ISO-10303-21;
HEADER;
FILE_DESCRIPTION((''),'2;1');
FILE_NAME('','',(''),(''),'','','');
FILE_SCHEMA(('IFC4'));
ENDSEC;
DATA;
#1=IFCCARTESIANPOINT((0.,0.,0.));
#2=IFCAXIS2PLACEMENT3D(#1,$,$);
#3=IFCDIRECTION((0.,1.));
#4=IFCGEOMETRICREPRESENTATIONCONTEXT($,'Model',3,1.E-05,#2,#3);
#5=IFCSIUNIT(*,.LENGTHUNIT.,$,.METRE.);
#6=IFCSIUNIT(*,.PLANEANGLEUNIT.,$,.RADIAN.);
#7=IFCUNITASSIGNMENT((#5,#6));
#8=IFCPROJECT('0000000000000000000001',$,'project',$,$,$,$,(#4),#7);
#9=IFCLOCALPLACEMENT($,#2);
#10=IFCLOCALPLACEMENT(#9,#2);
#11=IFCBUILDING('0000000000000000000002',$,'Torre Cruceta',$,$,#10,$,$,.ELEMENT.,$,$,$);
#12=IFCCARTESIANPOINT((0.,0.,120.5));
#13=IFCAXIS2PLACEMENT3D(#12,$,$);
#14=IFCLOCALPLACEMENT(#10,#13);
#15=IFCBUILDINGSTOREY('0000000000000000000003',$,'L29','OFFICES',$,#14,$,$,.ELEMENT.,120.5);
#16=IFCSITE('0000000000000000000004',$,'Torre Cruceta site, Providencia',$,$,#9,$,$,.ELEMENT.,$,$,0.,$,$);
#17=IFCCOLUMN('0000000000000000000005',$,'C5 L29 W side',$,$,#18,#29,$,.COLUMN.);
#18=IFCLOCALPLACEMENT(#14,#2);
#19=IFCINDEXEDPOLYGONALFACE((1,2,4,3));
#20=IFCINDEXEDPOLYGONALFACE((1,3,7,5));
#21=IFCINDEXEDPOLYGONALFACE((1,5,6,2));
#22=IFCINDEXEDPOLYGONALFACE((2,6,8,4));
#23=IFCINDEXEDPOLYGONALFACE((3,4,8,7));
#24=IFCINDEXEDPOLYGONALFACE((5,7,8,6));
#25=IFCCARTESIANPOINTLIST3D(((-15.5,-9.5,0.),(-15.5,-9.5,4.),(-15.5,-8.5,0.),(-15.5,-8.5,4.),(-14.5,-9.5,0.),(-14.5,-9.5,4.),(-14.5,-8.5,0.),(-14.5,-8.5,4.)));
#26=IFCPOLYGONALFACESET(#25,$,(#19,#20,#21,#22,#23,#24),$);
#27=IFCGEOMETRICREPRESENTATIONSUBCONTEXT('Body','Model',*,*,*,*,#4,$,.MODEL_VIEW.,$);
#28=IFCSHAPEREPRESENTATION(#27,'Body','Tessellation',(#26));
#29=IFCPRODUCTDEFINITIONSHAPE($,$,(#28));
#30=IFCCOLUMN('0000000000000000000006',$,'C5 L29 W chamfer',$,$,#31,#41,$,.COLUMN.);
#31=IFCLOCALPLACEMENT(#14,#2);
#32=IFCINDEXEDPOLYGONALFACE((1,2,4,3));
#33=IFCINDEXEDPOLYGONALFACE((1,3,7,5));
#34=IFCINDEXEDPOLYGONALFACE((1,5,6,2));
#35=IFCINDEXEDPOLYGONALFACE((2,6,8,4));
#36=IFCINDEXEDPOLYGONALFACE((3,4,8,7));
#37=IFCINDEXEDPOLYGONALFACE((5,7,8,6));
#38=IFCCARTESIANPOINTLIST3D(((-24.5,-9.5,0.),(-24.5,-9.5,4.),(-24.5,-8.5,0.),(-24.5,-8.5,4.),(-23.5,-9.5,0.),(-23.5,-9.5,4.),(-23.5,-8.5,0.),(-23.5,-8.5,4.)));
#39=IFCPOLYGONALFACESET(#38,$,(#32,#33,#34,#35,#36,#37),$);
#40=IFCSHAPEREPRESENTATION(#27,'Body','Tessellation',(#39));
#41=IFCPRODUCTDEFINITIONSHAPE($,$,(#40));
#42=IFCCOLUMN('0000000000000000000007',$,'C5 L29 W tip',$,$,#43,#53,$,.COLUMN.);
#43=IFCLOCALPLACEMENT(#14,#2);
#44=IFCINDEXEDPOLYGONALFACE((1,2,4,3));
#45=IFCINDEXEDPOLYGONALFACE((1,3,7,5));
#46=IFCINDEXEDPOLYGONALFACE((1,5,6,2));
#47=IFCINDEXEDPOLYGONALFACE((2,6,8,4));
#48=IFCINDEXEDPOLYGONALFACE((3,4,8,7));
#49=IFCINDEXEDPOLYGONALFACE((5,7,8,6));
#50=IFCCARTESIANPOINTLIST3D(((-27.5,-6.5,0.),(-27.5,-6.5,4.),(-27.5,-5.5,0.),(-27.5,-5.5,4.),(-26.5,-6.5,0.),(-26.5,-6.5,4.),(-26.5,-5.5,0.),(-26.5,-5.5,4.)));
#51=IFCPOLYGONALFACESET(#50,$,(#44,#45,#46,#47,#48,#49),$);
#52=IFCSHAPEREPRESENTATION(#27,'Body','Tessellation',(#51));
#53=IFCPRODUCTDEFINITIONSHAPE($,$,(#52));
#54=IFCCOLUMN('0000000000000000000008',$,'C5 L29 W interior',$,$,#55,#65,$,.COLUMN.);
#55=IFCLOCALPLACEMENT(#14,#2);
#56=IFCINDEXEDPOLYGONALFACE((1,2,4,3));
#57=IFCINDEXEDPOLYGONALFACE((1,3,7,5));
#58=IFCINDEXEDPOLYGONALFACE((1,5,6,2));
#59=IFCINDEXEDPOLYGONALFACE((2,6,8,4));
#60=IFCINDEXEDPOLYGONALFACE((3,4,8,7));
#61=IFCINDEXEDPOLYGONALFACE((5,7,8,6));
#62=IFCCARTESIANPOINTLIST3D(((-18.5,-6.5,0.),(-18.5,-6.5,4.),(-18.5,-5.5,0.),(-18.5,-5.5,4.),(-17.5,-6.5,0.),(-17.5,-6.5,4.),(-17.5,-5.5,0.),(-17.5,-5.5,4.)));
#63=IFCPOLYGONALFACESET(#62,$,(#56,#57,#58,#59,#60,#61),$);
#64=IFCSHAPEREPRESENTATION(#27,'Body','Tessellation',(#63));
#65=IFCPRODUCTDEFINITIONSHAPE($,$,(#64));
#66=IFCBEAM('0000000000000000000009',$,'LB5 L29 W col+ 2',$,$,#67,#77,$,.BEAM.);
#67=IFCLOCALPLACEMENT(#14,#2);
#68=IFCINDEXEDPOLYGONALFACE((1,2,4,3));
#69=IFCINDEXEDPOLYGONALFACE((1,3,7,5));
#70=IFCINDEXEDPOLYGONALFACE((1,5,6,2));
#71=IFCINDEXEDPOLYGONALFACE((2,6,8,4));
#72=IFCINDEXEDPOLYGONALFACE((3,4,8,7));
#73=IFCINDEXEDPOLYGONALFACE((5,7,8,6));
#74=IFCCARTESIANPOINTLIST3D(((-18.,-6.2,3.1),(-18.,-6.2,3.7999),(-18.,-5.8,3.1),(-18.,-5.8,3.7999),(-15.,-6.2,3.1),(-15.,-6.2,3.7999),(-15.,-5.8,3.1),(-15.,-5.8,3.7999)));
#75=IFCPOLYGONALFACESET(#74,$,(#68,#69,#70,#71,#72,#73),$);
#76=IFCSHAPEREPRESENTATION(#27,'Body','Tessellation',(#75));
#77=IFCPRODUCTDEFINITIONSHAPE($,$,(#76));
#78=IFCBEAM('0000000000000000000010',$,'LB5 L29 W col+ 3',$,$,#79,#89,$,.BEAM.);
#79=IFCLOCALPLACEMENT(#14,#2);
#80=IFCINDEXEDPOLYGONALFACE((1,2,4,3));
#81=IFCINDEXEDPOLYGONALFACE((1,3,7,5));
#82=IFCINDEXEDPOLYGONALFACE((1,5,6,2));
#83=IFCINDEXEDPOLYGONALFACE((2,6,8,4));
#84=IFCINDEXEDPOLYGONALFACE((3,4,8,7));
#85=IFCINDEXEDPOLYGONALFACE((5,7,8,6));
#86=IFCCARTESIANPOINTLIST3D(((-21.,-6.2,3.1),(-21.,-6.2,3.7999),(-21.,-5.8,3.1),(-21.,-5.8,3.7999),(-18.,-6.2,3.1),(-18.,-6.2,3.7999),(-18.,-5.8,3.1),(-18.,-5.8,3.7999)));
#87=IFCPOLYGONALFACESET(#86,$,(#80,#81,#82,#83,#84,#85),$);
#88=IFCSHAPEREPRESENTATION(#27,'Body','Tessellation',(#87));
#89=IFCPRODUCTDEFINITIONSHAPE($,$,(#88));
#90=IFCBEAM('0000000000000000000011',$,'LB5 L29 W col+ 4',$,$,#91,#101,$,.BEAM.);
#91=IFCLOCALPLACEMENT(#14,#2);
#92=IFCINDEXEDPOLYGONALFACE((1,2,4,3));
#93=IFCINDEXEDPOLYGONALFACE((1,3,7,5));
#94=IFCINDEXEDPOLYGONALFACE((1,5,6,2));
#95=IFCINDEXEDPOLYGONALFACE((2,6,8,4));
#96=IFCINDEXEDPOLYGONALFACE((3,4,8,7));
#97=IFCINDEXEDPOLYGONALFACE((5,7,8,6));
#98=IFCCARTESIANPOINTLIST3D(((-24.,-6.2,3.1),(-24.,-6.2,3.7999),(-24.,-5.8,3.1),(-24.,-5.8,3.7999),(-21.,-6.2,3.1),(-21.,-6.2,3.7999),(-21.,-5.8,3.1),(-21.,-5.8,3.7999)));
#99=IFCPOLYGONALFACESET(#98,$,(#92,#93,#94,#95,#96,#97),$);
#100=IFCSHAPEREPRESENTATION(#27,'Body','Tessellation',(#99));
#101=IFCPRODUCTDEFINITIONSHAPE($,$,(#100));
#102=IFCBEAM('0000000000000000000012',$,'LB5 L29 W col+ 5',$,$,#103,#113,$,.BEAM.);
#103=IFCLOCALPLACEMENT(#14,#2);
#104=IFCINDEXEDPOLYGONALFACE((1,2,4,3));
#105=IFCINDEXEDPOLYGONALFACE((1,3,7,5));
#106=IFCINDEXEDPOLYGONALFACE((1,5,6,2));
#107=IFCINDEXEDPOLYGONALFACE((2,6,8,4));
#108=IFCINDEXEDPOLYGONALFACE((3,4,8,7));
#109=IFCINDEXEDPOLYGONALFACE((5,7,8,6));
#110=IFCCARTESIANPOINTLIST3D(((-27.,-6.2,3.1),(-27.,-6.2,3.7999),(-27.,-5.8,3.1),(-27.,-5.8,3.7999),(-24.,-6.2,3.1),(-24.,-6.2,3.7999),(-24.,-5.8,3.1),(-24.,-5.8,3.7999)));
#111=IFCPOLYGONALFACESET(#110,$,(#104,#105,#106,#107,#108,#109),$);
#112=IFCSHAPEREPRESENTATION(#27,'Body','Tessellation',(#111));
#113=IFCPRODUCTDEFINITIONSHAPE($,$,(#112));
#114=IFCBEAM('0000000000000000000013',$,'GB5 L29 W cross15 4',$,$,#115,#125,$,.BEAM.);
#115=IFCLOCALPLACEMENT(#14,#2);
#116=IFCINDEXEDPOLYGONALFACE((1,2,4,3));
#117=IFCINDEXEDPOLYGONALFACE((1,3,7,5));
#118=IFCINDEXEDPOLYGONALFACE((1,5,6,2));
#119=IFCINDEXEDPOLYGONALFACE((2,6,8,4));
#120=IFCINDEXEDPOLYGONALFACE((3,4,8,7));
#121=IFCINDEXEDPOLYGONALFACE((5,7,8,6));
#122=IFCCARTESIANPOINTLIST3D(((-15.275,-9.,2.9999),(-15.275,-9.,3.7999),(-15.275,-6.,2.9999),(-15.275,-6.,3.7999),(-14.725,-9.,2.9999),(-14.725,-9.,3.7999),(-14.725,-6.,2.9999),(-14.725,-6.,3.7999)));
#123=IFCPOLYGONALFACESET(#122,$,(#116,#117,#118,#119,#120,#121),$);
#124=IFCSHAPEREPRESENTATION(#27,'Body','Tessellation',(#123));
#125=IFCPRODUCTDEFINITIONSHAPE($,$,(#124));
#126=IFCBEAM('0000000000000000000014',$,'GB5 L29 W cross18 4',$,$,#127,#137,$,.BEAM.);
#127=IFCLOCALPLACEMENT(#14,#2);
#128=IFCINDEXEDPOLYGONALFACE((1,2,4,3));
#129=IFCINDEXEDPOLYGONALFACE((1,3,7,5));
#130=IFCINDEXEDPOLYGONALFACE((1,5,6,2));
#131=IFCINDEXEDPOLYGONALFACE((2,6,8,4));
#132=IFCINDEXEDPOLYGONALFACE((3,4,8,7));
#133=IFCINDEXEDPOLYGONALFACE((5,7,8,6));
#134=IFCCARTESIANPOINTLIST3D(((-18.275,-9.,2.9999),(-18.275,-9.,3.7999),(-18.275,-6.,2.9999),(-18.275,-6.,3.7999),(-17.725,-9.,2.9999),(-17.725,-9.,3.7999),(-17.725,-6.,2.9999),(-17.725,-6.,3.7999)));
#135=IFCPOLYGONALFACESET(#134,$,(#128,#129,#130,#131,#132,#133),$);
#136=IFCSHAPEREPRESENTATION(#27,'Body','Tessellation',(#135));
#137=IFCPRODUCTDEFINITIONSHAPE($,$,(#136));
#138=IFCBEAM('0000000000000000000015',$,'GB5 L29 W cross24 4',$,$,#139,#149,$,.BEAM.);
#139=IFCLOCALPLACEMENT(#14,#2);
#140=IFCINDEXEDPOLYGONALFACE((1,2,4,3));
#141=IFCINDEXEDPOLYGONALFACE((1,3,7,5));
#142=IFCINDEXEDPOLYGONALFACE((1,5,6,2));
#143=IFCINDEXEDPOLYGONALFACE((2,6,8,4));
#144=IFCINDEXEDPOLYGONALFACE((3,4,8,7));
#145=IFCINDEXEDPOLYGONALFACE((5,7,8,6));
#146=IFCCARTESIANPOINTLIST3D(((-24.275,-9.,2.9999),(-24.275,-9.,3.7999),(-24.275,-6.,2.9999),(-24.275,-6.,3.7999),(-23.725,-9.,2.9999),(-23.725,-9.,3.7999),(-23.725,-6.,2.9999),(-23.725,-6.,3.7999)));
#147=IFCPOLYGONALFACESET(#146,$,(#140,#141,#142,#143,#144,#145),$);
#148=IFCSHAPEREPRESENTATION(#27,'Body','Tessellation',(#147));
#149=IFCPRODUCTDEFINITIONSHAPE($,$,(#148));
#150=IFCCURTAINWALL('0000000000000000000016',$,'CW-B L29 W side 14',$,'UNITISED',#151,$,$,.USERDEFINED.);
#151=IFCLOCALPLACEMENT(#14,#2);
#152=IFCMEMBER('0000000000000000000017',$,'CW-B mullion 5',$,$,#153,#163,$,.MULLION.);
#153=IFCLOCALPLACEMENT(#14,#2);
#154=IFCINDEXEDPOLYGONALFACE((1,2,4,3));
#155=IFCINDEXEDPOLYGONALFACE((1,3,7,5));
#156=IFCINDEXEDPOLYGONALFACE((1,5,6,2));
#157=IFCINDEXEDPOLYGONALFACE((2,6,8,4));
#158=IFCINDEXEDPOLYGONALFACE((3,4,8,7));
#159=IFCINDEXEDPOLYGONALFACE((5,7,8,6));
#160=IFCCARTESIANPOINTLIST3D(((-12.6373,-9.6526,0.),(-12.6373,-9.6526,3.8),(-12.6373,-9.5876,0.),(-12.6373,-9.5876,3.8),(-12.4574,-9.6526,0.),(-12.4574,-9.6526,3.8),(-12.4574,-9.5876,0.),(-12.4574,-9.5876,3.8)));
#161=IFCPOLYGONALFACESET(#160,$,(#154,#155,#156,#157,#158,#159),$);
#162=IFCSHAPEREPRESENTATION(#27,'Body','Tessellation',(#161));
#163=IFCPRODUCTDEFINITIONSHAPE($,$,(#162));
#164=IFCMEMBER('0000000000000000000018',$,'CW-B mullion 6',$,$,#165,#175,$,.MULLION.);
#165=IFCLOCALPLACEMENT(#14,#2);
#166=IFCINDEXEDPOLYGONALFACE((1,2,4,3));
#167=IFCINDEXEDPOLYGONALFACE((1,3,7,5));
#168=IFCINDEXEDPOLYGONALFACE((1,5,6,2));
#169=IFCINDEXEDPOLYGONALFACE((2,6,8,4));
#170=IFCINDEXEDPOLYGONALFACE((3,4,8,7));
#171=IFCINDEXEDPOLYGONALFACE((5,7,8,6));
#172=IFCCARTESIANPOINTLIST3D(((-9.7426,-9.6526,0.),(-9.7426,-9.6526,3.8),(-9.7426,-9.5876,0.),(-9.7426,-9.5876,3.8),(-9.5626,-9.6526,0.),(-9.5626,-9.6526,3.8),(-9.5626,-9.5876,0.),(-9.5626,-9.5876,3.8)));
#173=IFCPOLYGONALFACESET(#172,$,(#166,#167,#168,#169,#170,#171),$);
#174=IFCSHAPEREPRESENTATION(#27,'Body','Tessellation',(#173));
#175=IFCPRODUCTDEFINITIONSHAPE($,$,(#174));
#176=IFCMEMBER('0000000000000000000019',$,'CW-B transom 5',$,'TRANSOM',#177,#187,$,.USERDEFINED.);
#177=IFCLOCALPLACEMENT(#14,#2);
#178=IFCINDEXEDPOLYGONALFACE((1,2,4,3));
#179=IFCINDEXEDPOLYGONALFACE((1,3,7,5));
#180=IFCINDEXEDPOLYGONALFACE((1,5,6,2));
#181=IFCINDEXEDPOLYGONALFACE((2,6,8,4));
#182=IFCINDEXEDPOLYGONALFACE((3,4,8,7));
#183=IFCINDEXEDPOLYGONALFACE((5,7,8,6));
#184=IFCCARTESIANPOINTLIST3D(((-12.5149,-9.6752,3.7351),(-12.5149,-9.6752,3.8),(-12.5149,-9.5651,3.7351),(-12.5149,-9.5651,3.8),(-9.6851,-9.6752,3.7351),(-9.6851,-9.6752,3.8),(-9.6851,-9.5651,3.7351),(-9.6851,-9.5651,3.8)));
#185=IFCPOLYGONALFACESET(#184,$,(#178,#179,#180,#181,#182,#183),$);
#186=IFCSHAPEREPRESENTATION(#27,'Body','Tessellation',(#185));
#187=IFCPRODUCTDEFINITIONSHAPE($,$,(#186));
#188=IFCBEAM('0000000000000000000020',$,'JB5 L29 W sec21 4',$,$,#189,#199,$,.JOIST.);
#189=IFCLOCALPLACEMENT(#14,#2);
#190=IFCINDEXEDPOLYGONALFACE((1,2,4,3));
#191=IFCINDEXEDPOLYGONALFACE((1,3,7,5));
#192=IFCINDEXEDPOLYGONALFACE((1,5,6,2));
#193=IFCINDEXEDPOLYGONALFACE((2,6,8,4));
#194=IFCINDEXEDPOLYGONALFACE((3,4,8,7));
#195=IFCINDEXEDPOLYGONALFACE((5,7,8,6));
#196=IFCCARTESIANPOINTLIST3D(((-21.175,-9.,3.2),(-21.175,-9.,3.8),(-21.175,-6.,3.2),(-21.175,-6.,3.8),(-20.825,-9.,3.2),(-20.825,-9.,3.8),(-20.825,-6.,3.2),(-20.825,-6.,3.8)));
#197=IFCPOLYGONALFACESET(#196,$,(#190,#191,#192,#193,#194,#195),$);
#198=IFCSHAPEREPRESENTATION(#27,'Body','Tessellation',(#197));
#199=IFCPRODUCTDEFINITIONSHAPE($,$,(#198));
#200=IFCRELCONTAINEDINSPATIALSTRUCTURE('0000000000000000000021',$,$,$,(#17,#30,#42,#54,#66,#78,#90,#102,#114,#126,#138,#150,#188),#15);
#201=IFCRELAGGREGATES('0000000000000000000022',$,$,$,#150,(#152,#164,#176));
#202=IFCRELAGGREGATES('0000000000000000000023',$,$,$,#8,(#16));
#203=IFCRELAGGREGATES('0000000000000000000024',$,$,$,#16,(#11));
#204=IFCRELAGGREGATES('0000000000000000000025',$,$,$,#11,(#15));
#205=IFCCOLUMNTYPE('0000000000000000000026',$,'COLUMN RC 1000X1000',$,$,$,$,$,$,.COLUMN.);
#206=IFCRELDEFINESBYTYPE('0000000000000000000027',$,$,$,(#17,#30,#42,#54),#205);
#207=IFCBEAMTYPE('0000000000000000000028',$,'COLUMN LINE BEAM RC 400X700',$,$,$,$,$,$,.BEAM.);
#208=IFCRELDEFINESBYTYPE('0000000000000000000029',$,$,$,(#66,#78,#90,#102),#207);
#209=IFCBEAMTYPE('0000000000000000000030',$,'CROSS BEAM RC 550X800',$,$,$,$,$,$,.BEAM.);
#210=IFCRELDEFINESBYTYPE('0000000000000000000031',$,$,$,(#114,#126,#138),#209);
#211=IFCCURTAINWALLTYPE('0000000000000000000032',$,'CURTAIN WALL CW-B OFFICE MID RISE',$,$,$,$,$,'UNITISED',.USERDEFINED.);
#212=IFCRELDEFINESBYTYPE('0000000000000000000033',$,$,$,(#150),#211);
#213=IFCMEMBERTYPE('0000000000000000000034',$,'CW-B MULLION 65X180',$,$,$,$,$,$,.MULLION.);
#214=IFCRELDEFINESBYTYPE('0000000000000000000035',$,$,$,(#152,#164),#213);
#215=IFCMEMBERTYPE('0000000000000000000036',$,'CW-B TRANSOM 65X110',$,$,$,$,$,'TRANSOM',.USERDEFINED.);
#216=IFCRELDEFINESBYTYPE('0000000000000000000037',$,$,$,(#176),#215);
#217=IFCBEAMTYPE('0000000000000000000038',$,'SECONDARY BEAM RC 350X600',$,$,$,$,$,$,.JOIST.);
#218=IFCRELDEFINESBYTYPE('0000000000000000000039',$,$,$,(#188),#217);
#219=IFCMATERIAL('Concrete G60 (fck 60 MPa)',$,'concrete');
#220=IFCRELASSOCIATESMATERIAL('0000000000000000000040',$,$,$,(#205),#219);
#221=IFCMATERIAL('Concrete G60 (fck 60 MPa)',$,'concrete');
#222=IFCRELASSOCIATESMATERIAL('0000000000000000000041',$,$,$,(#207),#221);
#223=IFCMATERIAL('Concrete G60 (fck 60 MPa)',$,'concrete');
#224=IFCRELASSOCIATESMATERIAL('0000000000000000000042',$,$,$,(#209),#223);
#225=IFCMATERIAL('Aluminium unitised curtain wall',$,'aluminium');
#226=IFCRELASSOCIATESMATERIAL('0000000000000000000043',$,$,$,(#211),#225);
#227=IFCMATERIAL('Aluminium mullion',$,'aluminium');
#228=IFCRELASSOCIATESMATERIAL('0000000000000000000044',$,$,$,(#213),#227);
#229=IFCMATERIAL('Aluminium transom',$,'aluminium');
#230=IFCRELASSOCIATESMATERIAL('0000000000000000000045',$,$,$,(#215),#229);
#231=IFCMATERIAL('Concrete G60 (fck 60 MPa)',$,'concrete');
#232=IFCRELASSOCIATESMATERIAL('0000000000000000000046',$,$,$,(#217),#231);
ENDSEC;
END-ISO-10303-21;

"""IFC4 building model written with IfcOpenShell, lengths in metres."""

from ifc_helpers import new_model, si_unit, direction, frame, origin, origin_2d, place, context, subcontext, project, spatial, rectangle, extrude, material, material_profile, profile_set, type_object, element, aggregate, save


model = new_model("IFC4")

# Units and contexts
model_context = context("Model", 3, precision=1e-05, world=origin(), true_north=direction((0.0, 1.0)))
body_context = subcontext(model_context, "Body", "Model", "MODEL_VIEW")
ifc_project = project(units=[si_unit("LENGTHUNIT", "METRE"), si_unit("PLANEANGLEUNIT", "RADIAN")], contexts=[model_context])

# Site, building, storey
site_placement = place(None, origin())
site = spatial("IfcSite", under=ifc_project, at=site_placement, Name="Torre Cruceta site, Providencia", CompositionType="ELEMENT", RefElevation=0.0)
building_placement = place(site_placement, origin())
building = spatial("IfcBuilding", under=site, at=building_placement, Name="Torre Cruceta", CompositionType="ELEMENT")
storey_placement = place(building_placement, frame((0.0, 0.0, 120.5)))
storey = spatial("IfcBuildingStorey", under=building, at=storey_placement, Name="L29", Description="OFFICES", CompositionType="ELEMENT", Elevation=120.5)

# Columns
ifc_material_1 = material(Name="Concrete G60 (fck 60 MPa)", Category="concrete")
ifc_material_profile_1 = material_profile(ifc_material_1, rectangle(XDim=1.0, YDim=1.0, at=origin_2d()), Name="RC 1000X1000")
ifc_profile_set_1 = profile_set([ifc_material_profile_1], Name="Concrete G60 (fck 60 MPa)")
column_type = type_object("IfcColumnType", Name="COLUMN RC 1000X1000", PredefinedType="COLUMN", material=ifc_profile_set_1)
for number, where, z_axis, x_axis, name in (
    (1, (-15.0, -9.0, 0.0), (0.0, 0.0, 1.0), (1.0, 0.0, 0.0), "C5 L29 W side"),
    (2, (-24.0, -9.0, 0.0), (0.0, 0.0, 1.0), (1.0, 0.0, 0.0), "C5 L29 W chamfer"),
    (3, (-27.0, -6.0, 0.0), (0.0, 0.0, 1.0), (1.0, 0.0, 0.0), "C5 L29 W tip"),
    (4, (-18.0, -6.0, 0.0), (0.0, 0.0, 1.0), (1.0, 0.0, 0.0), "C5 L29 W interior"),
):
    element("IfcColumn", number, at=place(storey_placement, frame(where, z_axis=z_axis, x_axis=x_axis)), inside=storey, type_object=column_type, Name=name, PredefinedType="COLUMN", context=body_context, shape_type="SweptSolid", body=[
        extrude(rectangle(XDim=1.0, YDim=1.0, at=origin_2d()), origin(), (0.0, 0.0, 1.0), 4.0),
    ])

# Beams
ifc_material_2 = material(Name="Concrete G60 (fck 60 MPa)", Category="concrete")
ifc_material_profile_2 = material_profile(ifc_material_2, rectangle(XDim=0.3999, YDim=0.7, at=origin_2d()), Name="RC 400X700")
ifc_profile_set_2 = profile_set([ifc_material_profile_2], Name="Concrete G60 (fck 60 MPa)")
beam_type_1 = type_object("IfcBeamType", Name="COLUMN LINE BEAM RC 400X700", PredefinedType="BEAM", material=ifc_profile_set_2)
for number, where, z_axis, x_axis, name in (
    (5, (-15.0, -6.0, 3.45), (-1.0, 0.0, 0.0), (0.0, -1.0, 0.0), "LB5 L29 W col+ 2"),
    (6, (-18.0, -6.0, 3.45), (-1.0, 0.0, 0.0), (0.0, -1.0, 0.0), "LB5 L29 W col+ 3"),
    (7, (-21.0, -6.0, 3.45), (-1.0, 0.0, 0.0), (0.0, -1.0, 0.0), "LB5 L29 W col+ 4"),
    (8, (-24.0, -6.0, 3.45), (-1.0, 0.0, 0.0), (0.0, -1.0, 0.0), "LB5 L29 W col+ 5"),
):
    element("IfcBeam", number, at=place(storey_placement, frame(where, z_axis=z_axis, x_axis=x_axis)), inside=storey, type_object=beam_type_1, Name=name, PredefinedType="BEAM", context=body_context, shape_type="SweptSolid", body=[
        extrude(rectangle(XDim=0.3999, YDim=0.7, at=origin_2d()), origin(), (0.0, 0.0, 1.0), 3.0),
    ])
ifc_material_3 = material(Name="Concrete G60 (fck 60 MPa)", Category="concrete")
ifc_material_profile_3 = material_profile(ifc_material_3, rectangle(XDim=0.55, YDim=0.8, at=origin_2d()), Name="RC 550X800")
ifc_profile_set_3 = profile_set([ifc_material_profile_3], Name="Concrete G60 (fck 60 MPa)")
beam_type_2 = type_object("IfcBeamType", Name="CROSS BEAM RC 550X800", PredefinedType="BEAM", material=ifc_profile_set_3)
for number, where, z_axis, x_axis, name in (
    (9, (-15.0, -6.0, 3.3999), (0.0, -1.0, 0.0), (1.0, 0.0, 0.0), "GB5 L29 W cross15 4"),
    (10, (-18.0, -6.0, 3.3999), (0.0, -1.0, 0.0), (1.0, 0.0, 0.0), "GB5 L29 W cross18 4"),
    (11, (-24.0, -6.0, 3.3999), (0.0, -1.0, 0.0), (1.0, 0.0, 0.0), "GB5 L29 W cross24 4"),
):
    element("IfcBeam", number, at=place(storey_placement, frame(where, z_axis=z_axis, x_axis=x_axis)), inside=storey, type_object=beam_type_2, Name=name, PredefinedType="BEAM", context=body_context, shape_type="SweptSolid", body=[
        extrude(rectangle(XDim=0.55, YDim=0.8, at=origin_2d()), origin(), (0.0, 0.0, 1.0), 3.0),
    ])

# Curtain wall, members
ifc_material_4 = material(Name="Aluminium unitised curtain wall", Category="aluminium")
curtain_wall_type = type_object("IfcCurtainWallType", Name="CURTAIN WALL CW-B OFFICE MID RISE", ElementType="UNITISED", PredefinedType="USERDEFINED", material=ifc_material_4)
curtain_wall_placement = place(storey_placement, origin())
curtain_wall = element("IfcCurtainWall", 12, at=curtain_wall_placement, inside=storey, type_object=curtain_wall_type, Name="CW-B L29 W side 14", ObjectType="UNITISED", PredefinedType="USERDEFINED")
ifc_material_5 = material(Name="Aluminium mullion", Category="aluminium")
ifc_material_profile_4 = material_profile(ifc_material_5, rectangle(XDim=0.0649, YDim=0.1799, at=origin_2d()), Name="AL 65X180")
ifc_profile_set_4 = profile_set([ifc_material_profile_4], Name="Aluminium mullion")
member_type_1 = type_object("IfcMemberType", Name="CW-B MULLION 65X180", PredefinedType="MULLION", material=ifc_profile_set_4)
member_1_placement = place(storey_placement, frame((-12.5474, -9.6201, 0.0), z_axis=(0.0, 0.0, 1.0), x_axis=(0.0, 1.0, 0.0)))
member_1 = element("IfcMember", 13, at=member_1_placement, type_object=member_type_1, Name="CW-B mullion 5", PredefinedType="MULLION", context=body_context, shape_type="SweptSolid", body=[
    extrude(rectangle(XDim=0.0649, YDim=0.1799, at=origin_2d()), origin(), (0.0, 0.0, 1.0), 3.8),
])
member_2_placement = place(storey_placement, frame((-9.6526, -9.6201, 0.0), z_axis=(0.0, 0.0, 1.0), x_axis=(0.0, 1.0, 0.0)))
member_2 = element("IfcMember", 14, at=member_2_placement, type_object=member_type_1, Name="CW-B mullion 6", PredefinedType="MULLION", context=body_context, shape_type="SweptSolid", body=[
    extrude(rectangle(XDim=0.0649, YDim=0.1799, at=origin_2d()), origin(), (0.0, 0.0, 1.0), 3.8),
])
ifc_material_6 = material(Name="Aluminium transom", Category="aluminium")
ifc_material_profile_5 = material_profile(ifc_material_6, rectangle(XDim=0.1101, YDim=0.0649, at=origin_2d()), Name="AL 110X65")
ifc_profile_set_5 = profile_set([ifc_material_profile_5], Name="Aluminium transom")
member_type_2 = type_object("IfcMemberType", Name="CW-B TRANSOM 65X110", ElementType="TRANSOM", PredefinedType="USERDEFINED", material=ifc_profile_set_5)
member_3_placement = place(storey_placement, frame((-12.5149, -9.6201, 3.7676), z_axis=(1.0, 0.0, 0.0), x_axis=(0.0, 1.0, 0.0)))
member_3 = element("IfcMember", 15, at=member_3_placement, type_object=member_type_2, Name="CW-B transom 5", ObjectType="TRANSOM", PredefinedType="USERDEFINED", context=body_context, shape_type="SweptSolid", body=[
    extrude(rectangle(XDim=0.1101, YDim=0.0649, at=origin_2d()), origin(), (0.0, 0.0, 1.0), 2.8298),
])

# Beam
ifc_material_7 = material(Name="Concrete G60 (fck 60 MPa)", Category="concrete")
ifc_material_profile_6 = material_profile(ifc_material_7, rectangle(XDim=0.3501, YDim=0.6001, at=origin_2d()), Name="RC 350X600")
ifc_profile_set_6 = profile_set([ifc_material_profile_6], Name="Concrete G60 (fck 60 MPa)")
beam_type_3 = type_object("IfcBeamType", Name="SECONDARY BEAM RC 350X600", PredefinedType="JOIST", material=ifc_profile_set_6)
beam_1_placement = place(storey_placement, frame((-21.0, -6.0, 3.5), z_axis=(0.0, -1.0, 0.0), x_axis=(1.0, 0.0, 0.0)))
element("IfcBeam", 16, at=beam_1_placement, inside=storey, type_object=beam_type_3, Name="JB5 L29 W sec21 4", PredefinedType="JOIST", context=body_context, shape_type="SweptSolid", body=[
    extrude(rectangle(XDim=0.3501, YDim=0.6001, at=origin_2d()), origin(), (0.0, 0.0, 1.0), 3.0),
])

aggregate(curtain_wall, [member_1, member_2, member_3])

save(model, "model.ifc")
